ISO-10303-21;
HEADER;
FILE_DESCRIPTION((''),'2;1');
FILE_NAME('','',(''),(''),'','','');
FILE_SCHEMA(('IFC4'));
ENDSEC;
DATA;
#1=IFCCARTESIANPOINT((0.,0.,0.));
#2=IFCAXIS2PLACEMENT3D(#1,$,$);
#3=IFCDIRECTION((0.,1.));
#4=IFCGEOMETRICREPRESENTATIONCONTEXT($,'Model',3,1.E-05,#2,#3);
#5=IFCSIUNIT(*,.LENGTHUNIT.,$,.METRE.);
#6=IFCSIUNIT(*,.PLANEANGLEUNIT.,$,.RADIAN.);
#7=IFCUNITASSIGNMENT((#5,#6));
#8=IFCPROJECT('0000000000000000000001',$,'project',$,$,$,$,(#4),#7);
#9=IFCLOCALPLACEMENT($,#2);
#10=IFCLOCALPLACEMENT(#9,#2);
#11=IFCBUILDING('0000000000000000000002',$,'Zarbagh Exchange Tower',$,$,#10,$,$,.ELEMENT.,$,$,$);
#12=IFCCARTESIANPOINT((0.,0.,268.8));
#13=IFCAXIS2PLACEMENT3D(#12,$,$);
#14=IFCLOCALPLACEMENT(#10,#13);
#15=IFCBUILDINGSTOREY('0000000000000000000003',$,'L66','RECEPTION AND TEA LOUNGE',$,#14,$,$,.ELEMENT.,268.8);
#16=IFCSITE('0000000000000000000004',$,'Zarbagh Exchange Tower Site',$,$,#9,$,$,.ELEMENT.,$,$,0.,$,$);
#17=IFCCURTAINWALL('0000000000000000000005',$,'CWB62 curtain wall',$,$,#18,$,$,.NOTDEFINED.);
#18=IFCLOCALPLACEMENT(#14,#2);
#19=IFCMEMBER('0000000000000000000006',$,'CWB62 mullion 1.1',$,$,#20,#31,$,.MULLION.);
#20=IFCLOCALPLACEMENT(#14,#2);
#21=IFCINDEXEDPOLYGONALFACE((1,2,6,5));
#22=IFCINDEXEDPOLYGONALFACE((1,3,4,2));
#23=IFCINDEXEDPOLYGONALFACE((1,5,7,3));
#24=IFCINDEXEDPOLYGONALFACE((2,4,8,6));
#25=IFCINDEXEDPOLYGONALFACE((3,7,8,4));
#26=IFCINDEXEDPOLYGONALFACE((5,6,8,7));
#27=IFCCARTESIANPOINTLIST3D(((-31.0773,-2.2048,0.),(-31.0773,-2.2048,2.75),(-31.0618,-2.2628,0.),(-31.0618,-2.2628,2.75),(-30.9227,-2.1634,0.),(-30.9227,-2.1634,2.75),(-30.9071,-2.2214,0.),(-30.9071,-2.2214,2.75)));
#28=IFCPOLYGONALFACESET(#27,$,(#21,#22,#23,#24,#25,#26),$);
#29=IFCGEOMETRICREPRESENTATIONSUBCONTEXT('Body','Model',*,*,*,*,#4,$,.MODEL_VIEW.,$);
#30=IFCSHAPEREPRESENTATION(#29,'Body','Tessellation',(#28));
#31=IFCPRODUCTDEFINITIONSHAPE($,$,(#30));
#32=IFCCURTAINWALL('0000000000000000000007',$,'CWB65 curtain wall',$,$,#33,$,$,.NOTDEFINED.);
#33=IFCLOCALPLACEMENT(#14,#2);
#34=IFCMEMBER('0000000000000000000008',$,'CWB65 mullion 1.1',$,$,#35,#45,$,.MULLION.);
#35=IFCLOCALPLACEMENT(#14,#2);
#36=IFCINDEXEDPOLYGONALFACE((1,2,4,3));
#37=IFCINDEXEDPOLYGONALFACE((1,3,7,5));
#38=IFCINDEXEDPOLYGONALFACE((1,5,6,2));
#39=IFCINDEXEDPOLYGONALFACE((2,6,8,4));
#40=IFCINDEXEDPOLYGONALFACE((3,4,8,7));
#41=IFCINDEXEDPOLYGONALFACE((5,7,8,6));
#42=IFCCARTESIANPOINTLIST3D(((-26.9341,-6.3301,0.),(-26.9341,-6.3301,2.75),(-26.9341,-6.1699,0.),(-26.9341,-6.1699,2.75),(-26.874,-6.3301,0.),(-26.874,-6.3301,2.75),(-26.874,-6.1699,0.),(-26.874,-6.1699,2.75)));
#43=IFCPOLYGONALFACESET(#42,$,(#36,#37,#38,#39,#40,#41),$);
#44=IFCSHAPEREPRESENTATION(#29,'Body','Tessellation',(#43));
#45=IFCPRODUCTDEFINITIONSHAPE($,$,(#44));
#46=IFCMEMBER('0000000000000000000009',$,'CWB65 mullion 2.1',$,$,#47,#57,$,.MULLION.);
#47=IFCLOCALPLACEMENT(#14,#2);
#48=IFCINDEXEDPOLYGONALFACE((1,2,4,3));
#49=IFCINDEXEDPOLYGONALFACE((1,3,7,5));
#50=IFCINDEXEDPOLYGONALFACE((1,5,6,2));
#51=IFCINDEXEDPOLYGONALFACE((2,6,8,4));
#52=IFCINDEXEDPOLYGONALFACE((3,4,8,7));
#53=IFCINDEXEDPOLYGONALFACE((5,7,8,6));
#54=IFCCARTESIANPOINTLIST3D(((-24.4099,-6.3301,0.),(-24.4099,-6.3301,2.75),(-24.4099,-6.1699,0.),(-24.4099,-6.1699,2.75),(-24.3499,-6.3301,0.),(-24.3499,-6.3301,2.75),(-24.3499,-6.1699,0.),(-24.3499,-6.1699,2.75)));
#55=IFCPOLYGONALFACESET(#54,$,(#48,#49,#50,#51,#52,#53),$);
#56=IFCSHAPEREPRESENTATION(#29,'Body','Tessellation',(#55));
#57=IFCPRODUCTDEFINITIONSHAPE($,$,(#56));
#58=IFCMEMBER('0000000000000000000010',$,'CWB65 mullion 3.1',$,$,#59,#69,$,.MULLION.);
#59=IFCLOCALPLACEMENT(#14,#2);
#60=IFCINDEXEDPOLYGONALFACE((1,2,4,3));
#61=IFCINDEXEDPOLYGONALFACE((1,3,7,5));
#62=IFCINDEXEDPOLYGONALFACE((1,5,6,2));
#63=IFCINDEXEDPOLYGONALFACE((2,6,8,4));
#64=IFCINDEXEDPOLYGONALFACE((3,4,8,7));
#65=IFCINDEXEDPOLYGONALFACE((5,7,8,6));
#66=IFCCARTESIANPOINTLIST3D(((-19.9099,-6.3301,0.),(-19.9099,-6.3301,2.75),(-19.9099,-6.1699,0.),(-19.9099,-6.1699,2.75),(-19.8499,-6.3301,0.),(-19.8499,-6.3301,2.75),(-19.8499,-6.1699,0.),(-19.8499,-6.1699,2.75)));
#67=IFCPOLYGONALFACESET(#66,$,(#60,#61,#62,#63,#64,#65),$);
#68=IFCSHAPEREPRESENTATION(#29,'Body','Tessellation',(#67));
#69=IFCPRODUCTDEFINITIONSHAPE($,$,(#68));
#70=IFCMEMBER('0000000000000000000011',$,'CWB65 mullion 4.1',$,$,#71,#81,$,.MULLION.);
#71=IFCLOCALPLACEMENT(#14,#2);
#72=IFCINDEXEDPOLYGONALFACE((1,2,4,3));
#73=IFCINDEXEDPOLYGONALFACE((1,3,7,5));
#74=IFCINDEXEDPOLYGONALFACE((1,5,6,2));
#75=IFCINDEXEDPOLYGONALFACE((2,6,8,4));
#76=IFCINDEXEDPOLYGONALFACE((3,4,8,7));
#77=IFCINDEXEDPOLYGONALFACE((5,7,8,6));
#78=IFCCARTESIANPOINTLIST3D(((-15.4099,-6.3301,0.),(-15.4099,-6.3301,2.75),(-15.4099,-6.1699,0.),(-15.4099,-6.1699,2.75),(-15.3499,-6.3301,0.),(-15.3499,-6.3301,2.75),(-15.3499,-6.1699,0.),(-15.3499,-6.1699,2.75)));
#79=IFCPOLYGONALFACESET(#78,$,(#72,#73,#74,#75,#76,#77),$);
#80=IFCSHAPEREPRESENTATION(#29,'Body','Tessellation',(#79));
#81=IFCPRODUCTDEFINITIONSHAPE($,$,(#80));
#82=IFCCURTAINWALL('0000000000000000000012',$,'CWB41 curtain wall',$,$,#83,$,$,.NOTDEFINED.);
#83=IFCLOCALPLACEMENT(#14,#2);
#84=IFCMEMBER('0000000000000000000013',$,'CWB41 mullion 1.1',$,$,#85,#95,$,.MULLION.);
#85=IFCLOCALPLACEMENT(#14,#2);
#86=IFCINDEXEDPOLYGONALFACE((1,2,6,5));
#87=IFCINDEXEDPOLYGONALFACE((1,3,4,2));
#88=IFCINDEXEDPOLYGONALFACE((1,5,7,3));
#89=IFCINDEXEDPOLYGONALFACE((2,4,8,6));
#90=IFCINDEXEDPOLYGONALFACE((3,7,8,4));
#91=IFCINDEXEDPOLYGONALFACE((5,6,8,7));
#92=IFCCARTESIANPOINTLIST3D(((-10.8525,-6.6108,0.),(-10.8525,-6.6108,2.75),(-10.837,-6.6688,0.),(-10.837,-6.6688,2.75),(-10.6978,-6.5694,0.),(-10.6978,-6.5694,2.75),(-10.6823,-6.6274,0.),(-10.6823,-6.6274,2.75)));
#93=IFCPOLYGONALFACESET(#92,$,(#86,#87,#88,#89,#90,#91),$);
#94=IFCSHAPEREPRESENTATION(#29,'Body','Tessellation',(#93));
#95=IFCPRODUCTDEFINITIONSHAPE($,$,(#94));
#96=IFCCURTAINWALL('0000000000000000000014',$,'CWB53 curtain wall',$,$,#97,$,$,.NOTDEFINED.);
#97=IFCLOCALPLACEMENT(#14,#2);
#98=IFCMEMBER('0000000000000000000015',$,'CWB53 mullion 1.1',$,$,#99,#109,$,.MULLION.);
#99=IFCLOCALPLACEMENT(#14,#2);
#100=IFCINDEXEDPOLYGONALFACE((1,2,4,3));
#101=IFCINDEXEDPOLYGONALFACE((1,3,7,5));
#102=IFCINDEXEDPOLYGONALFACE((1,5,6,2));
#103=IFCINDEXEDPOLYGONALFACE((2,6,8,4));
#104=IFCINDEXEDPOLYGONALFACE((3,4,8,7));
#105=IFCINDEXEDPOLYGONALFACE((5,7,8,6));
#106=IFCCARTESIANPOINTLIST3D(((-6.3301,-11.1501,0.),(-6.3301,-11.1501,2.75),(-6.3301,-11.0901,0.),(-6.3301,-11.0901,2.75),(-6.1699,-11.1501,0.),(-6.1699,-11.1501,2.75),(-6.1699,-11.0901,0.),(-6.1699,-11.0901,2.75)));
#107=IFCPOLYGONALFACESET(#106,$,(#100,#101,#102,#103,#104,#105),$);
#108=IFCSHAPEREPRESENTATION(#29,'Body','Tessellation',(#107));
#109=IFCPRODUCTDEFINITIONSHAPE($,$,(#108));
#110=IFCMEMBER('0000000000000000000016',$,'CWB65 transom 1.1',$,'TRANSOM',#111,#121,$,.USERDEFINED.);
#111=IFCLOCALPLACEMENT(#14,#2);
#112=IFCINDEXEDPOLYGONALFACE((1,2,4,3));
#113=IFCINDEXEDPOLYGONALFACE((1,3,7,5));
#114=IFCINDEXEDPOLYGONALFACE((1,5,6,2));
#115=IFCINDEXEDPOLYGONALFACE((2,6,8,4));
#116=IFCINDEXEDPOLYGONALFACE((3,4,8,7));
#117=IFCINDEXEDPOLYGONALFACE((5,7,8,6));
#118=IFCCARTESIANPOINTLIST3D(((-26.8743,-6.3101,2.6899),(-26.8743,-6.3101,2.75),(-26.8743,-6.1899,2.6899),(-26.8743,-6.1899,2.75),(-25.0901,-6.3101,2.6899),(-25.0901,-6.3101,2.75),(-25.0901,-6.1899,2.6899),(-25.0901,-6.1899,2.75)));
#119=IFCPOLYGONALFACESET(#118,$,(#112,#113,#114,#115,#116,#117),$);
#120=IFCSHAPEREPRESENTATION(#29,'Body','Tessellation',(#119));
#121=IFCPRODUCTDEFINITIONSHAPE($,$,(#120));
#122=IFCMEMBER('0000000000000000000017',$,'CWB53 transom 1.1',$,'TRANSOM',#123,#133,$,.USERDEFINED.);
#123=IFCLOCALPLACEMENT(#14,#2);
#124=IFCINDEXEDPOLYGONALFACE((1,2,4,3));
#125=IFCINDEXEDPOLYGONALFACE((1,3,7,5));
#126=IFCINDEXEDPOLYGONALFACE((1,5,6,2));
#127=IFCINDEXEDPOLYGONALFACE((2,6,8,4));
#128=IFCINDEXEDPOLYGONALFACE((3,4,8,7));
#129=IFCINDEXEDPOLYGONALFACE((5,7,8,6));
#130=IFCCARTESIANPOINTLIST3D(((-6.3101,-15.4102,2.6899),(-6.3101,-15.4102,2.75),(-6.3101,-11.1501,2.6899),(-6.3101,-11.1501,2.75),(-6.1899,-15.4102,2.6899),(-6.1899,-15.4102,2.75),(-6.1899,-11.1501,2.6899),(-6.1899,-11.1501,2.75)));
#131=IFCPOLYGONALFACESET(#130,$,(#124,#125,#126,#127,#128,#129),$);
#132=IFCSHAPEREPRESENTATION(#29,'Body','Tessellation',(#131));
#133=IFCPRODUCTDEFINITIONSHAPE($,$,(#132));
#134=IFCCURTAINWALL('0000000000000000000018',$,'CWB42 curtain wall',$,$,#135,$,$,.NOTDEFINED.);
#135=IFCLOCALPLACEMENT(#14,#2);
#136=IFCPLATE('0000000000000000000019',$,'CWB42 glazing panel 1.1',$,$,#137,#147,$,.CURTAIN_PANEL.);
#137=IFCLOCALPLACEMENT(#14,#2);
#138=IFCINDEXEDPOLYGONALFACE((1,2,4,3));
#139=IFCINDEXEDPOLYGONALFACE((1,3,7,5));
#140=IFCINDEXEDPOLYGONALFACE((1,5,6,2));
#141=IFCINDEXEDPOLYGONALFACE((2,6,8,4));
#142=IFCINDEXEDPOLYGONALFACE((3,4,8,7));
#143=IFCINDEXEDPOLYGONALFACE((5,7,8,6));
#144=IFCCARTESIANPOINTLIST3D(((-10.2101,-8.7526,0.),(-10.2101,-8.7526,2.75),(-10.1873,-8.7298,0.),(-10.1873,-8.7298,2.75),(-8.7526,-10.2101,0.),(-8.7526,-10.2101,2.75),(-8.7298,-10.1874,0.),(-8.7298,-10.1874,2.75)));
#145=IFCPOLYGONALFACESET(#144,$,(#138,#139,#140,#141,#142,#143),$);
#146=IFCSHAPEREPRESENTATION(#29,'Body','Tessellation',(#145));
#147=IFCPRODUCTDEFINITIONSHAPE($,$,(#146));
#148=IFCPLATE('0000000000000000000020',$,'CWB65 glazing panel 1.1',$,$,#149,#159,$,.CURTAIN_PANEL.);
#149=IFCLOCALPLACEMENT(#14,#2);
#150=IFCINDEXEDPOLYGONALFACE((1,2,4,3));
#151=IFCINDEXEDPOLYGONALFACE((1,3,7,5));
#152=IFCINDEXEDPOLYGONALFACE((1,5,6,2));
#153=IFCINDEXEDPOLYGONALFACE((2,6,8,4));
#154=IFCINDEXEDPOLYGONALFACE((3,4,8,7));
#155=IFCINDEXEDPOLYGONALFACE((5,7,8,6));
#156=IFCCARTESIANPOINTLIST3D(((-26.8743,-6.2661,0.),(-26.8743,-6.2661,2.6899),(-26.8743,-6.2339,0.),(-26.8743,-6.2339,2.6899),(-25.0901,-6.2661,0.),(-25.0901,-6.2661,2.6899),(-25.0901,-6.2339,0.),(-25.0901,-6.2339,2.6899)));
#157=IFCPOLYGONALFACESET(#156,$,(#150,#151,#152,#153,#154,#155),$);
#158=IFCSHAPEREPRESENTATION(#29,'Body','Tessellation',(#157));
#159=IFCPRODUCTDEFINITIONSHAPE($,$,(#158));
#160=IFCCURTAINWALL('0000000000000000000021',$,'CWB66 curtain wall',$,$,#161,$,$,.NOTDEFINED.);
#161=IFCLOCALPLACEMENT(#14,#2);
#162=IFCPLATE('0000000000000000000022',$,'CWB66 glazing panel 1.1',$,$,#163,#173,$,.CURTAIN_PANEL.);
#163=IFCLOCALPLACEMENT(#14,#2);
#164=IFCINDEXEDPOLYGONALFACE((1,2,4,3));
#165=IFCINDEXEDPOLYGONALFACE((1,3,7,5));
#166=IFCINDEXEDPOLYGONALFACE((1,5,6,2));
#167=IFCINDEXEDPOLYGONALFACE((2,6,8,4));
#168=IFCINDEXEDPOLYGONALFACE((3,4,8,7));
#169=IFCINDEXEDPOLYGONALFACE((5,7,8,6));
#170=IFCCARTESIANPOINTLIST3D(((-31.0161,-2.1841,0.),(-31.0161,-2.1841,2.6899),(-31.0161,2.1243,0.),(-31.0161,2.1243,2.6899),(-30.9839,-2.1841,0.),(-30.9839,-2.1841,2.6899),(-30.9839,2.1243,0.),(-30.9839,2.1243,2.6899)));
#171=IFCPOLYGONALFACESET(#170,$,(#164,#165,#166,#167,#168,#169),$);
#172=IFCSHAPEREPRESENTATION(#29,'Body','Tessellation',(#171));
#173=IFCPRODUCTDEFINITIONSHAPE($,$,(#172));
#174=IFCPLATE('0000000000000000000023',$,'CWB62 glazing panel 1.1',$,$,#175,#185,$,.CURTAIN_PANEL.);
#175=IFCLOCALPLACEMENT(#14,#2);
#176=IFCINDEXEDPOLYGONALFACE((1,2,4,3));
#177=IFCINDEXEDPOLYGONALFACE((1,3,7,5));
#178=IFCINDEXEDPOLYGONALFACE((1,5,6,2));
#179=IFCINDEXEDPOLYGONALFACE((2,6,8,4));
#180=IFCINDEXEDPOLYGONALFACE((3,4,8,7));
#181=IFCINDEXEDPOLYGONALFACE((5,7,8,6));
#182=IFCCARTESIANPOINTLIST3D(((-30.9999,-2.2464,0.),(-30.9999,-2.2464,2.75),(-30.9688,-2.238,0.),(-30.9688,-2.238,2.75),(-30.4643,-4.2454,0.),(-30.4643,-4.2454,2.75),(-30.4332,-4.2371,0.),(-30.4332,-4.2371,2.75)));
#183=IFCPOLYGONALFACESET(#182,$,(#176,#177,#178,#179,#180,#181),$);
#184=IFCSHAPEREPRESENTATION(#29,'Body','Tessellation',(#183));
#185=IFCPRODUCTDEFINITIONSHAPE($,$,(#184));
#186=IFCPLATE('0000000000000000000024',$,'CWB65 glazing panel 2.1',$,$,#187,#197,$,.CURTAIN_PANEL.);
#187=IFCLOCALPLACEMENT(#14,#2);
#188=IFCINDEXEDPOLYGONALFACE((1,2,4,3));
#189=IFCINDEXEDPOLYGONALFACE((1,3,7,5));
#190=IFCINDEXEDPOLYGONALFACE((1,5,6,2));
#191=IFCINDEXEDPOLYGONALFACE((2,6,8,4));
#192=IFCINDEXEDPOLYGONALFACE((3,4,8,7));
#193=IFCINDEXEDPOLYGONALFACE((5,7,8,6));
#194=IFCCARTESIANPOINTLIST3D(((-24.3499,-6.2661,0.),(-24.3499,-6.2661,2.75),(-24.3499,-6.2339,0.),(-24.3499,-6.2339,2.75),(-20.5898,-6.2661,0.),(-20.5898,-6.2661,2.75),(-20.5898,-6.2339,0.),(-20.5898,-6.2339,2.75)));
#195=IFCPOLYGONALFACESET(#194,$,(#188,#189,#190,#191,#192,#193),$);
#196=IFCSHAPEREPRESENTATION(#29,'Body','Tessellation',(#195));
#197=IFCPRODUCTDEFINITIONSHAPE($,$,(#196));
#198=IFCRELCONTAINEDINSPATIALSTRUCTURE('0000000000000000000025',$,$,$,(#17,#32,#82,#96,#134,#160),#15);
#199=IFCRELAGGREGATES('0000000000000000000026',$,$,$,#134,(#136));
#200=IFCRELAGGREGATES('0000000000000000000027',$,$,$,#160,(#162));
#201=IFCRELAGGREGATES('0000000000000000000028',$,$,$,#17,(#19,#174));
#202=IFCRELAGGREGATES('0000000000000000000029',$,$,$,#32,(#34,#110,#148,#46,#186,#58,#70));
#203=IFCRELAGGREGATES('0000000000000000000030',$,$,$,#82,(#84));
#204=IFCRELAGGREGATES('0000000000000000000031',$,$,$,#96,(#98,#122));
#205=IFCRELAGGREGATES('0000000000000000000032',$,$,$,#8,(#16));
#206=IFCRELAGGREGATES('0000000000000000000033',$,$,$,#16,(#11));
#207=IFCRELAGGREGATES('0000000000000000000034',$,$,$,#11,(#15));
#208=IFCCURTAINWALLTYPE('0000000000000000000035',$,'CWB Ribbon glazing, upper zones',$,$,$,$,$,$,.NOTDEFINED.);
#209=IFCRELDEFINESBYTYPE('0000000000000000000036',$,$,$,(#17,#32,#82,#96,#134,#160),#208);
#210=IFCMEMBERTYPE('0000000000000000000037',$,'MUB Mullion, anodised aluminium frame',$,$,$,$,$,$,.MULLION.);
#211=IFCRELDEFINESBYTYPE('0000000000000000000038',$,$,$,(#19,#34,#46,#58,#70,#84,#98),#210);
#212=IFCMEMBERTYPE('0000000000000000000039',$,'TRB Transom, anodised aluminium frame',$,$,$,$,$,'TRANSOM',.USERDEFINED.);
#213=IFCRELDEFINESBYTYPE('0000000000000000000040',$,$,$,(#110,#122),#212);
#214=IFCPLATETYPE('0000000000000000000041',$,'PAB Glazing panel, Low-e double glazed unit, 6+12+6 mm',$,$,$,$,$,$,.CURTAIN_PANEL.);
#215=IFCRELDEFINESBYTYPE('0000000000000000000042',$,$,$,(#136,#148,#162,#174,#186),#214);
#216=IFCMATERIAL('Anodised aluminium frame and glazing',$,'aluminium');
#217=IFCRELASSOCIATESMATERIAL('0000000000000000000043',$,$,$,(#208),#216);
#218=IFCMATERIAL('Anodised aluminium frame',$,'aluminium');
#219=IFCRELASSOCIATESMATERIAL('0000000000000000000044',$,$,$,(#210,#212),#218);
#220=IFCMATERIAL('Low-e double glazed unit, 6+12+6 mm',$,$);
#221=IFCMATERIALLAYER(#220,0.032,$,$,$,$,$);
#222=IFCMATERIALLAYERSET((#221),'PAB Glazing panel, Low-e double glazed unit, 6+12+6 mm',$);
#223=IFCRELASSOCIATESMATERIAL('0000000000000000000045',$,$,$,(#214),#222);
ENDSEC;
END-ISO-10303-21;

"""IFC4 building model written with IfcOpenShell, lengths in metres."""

from ifc_helpers import new_model, si_unit, direction, frame, origin, place, context, subcontext, project, spatial, polyline, outline, extrude, source, transform, mapped, material, layer, layer_set, type_object, element, aggregate, save


model = new_model("IFC4")

# Units and contexts
model_context = context("Model", 3, precision=1e-05, world=origin(), true_north=direction((0.0, 1.0)))
body_context = subcontext(model_context, "Body", "Model", "MODEL_VIEW")
ifc_project = project(units=[si_unit("LENGTHUNIT", "METRE"), si_unit("PLANEANGLEUNIT", "RADIAN")], contexts=[model_context])

# Site, building, storey
site_placement = place(None, origin())
site = spatial("IfcSite", under=ifc_project, at=site_placement, Name="Zarbagh Exchange Tower Site", CompositionType="ELEMENT", RefElevation=0.0)
building_placement = place(site_placement, origin())
building = spatial("IfcBuilding", under=site, at=building_placement, Name="Zarbagh Exchange Tower", CompositionType="ELEMENT")
storey_placement = place(building_placement, frame((0.0, 0.0, 268.8)))
storey = spatial("IfcBuildingStorey", under=building, at=storey_placement, Name="L66", Description="RECEPTION AND TEA LOUNGE", CompositionType="ELEMENT", Elevation=268.8)

# Curtain wall, member
ifc_material_1 = material(Name="Anodised aluminium frame and glazing", Category="aluminium")
curtain_wall_type = type_object("IfcCurtainWallType", Name="CWB Ribbon glazing, upper zones", PredefinedType="NOTDEFINED", material=ifc_material_1)
curtain_wall_1_placement = place(storey_placement, origin())
curtain_wall_1 = element("IfcCurtainWall", 1, at=curtain_wall_1_placement, inside=storey, type_object=curtain_wall_type, Name="CWB62 curtain wall", PredefinedType="NOTDEFINED")
ifc_material_2 = material(Name="Anodised aluminium frame", Category="aluminium")
member_type_1 = type_object("IfcMemberType", Name="MUB Mullion, anodised aluminium frame", PredefinedType="MULLION", material=ifc_material_2)
shared_shape_1 = source(origin(), body_context, "Body", "SweptSolid", [
    extrude(outline(polyline([(0.0, -0.0801), (0.0601, -0.0801), (0.0601, 0.0801), (0.0, 0.0801), (0.0, -0.0801)])), origin(), (0.0, 0.0, 1.0), 2.75),
])
placement = place(storey_placement, origin())
member_1 = element("IfcMember", 2, at=placement, type_object=member_type_1, Name="CWB62 mullion 1.1", PredefinedType="MULLION", context=body_context, shape_type="MappedRepresentation", body=[
    mapped(shared_shape_1, transform((-31.0, -2.1841, 0.0), x_axis=(0.258825, -0.965924, 0.0), y_axis=(0.965924, 0.258825, 0.0), z_axis=(0.0, 0.0, 1.0))),
])

# Curtain wall, members
curtain_wall_2_placement = place(storey_placement, origin())
curtain_wall_2 = element("IfcCurtainWall", 3, at=curtain_wall_2_placement, inside=storey, type_object=curtain_wall_type, Name="CWB65 curtain wall", PredefinedType="NOTDEFINED")
member_2 = element("IfcMember", 4, at=placement, type_object=member_type_1, Name="CWB65 mullion 1.1", PredefinedType="MULLION", context=body_context, shape_type="MappedRepresentation", body=[
    mapped(shared_shape_1, transform((-26.9341, -6.25, 0.0), x_axis=(1.0, 0.0, 0.0), y_axis=(0.0, 1.0, 0.0), z_axis=(0.0, 0.0, 1.0))),
])
member_3 = element("IfcMember", 5, at=placement, type_object=member_type_1, Name="CWB65 mullion 2.1", PredefinedType="MULLION", context=body_context, shape_type="MappedRepresentation", body=[
    mapped(shared_shape_1, transform((-24.4099, -6.25, 0.0), x_axis=(1.0, 0.0, 0.0), y_axis=(0.0, 1.0, 0.0), z_axis=(0.0, 0.0, 1.0))),
])
member_4 = element("IfcMember", 6, at=placement, type_object=member_type_1, Name="CWB65 mullion 3.1", PredefinedType="MULLION", context=body_context, shape_type="MappedRepresentation", body=[
    mapped(shared_shape_1, transform((-19.9099, -6.25, 0.0), x_axis=(1.0, 0.0, 0.0), y_axis=(0.0, 1.0, 0.0), z_axis=(0.0, 0.0, 1.0))),
])
member_5 = element("IfcMember", 7, at=placement, type_object=member_type_1, Name="CWB65 mullion 4.1", PredefinedType="MULLION", context=body_context, shape_type="MappedRepresentation", body=[
    mapped(shared_shape_1, transform((-15.4099, -6.25, 0.0), x_axis=(1.0, 0.0, 0.0), y_axis=(0.0, 1.0, 0.0), z_axis=(0.0, 0.0, 1.0))),
])

# Curtain walls, members
curtain_wall_3_placement = place(storey_placement, origin())
curtain_wall_3 = element("IfcCurtainWall", 8, at=curtain_wall_3_placement, inside=storey, type_object=curtain_wall_type, Name="CWB41 curtain wall", PredefinedType="NOTDEFINED")
member_6 = element("IfcMember", 9, at=placement, type_object=member_type_1, Name="CWB41 mullion 1.1", PredefinedType="MULLION", context=body_context, shape_type="MappedRepresentation", body=[
    mapped(shared_shape_1, transform((-10.7751, -6.5901, 0.0), x_axis=(0.258825, -0.965924, 0.0), y_axis=(0.965924, 0.258825, 0.0), z_axis=(0.0, 0.0, 1.0))),
])
curtain_wall_4_placement = place(storey_placement, origin())
curtain_wall_4 = element("IfcCurtainWall", 10, at=curtain_wall_4_placement, inside=storey, type_object=curtain_wall_type, Name="CWB53 curtain wall", PredefinedType="NOTDEFINED")
member_7 = element("IfcMember", 11, at=placement, type_object=member_type_1, Name="CWB53 mullion 1.1", PredefinedType="MULLION", context=body_context, shape_type="MappedRepresentation", body=[
    mapped(shared_shape_1, transform((-6.25, -11.0901, 0.0), x_axis=(0.0, -1.0, 0.0), y_axis=(1.0, 0.0, 0.0), z_axis=(0.0, 0.0, 1.0))),
])

# Members
member_type_2 = type_object("IfcMemberType", Name="TRB Transom, anodised aluminium frame", ElementType="TRANSOM", PredefinedType="USERDEFINED", material=ifc_material_2)
shared_shape_2 = source(origin(), body_context, "Body", "SweptSolid", [
    extrude(outline(polyline([(-0.0601, -0.0601), (0.0, -0.0601), (0.0, 0.0601), (-0.0601, 0.0601), (-0.0601, -0.0601)])), origin(), (0.0, 0.0, 1.0), 1.7842),
])
member_8 = element("IfcMember", 12, at=placement, type_object=member_type_2, Name="CWB65 transom 1.1", ObjectType="TRANSOM", PredefinedType="USERDEFINED", context=body_context, shape_type="MappedRepresentation", body=[
    mapped(shared_shape_2, transform((-26.8743, -6.25, 2.75), x_axis=(0.0, 0.0, 1.0), y_axis=(0.0, -1.0, 0.0), z_axis=(1.0, 0.0, 0.0))),
])
shared_shape_3 = source(origin(), body_context, "Body", "SweptSolid", [
    extrude(outline(polyline([(-0.0601, -0.0601), (0.0, -0.0601), (0.0, 0.0601), (-0.0601, 0.0601), (-0.0601, -0.0601)])), origin(), (0.0, 0.0, 1.0), 4.26),
])
member_9 = element("IfcMember", 13, at=placement, type_object=member_type_2, Name="CWB53 transom 1.1", ObjectType="TRANSOM", PredefinedType="USERDEFINED", context=body_context, shape_type="MappedRepresentation", body=[
    mapped(shared_shape_3, transform((-6.25, -11.1501, 2.75), x_axis=(0.0, 0.0, 1.0), y_axis=(-1.0, 0.0, 0.0), z_axis=(0.0, -1.0, 0.0))),
])

# Curtain wall, plate
curtain_wall_5_placement = place(storey_placement, origin())
curtain_wall_5 = element("IfcCurtainWall", 14, at=curtain_wall_5_placement, inside=storey, type_object=curtain_wall_type, Name="CWB42 curtain wall", PredefinedType="NOTDEFINED")
ifc_material_3 = material(Name="Low-e double glazed unit, 6+12+6 mm")
ifc_layer = layer(ifc_material_3, 0.032)
ifc_layer_set = layer_set([ifc_layer], Name="PAB Glazing panel, Low-e double glazed unit, 6+12+6 mm")
plate_type = type_object("IfcPlateType", Name="PAB Glazing panel, Low-e double glazed unit, 6+12+6 mm", PredefinedType="CURTAIN_PANEL", material=ifc_layer_set)
shared_shape_4 = source(origin(), body_context, "Body", "SweptSolid", [
    extrude(outline(polyline([(0.0, -0.0161), (2.0613, -0.0161), (2.0613, 0.0161), (0.0, 0.0161), (0.0, -0.0161)])), origin(), (0.0, 0.0, 1.0), 2.75),
])
plate_1 = element("IfcPlate", 15, at=placement, type_object=plate_type, Name="CWB42 glazing panel 1.1", PredefinedType="CURTAIN_PANEL", context=body_context, shape_type="MappedRepresentation", body=[
    mapped(shared_shape_4, transform((-10.1987, -8.7412, 0.0), x_axis=(0.707107, -0.707107, 0.0), y_axis=(0.707107, 0.707107, 0.0), z_axis=(0.0, 0.0, 1.0))),
])
aggregate(curtain_wall_5, [plate_1])

# Plate
shared_shape_5 = source(origin(), body_context, "Body", "SweptSolid", [
    extrude(outline(polyline([(0.0, -0.0161), (1.7842, -0.0161), (1.7842, 0.0161), (0.0, 0.0161), (0.0, -0.0161)])), origin(), (0.0, 0.0, 1.0), 2.6899),
])
plate_2 = element("IfcPlate", 16, at=placement, type_object=plate_type, Name="CWB65 glazing panel 1.1", PredefinedType="CURTAIN_PANEL", context=body_context, shape_type="MappedRepresentation", body=[
    mapped(shared_shape_5, transform((-26.8743, -6.25, 0.0), x_axis=(1.0, 0.0, 0.0), y_axis=(0.0, 1.0, 0.0), z_axis=(0.0, 0.0, 1.0))),
])

# Curtain wall, plate
curtain_wall_6_placement = place(storey_placement, origin())
curtain_wall_6 = element("IfcCurtainWall", 17, at=curtain_wall_6_placement, inside=storey, type_object=curtain_wall_type, Name="CWB66 curtain wall", PredefinedType="NOTDEFINED")
shared_shape_6 = source(origin(), body_context, "Body", "SweptSolid", [
    extrude(outline(polyline([(0.0, -0.0161), (4.3083, -0.0161), (4.3083, 0.0161), (0.0, 0.0161), (0.0, -0.0161)])), origin(), (0.0, 0.0, 1.0), 2.6899),
])
plate_3 = element("IfcPlate", 18, at=placement, type_object=plate_type, Name="CWB66 glazing panel 1.1", PredefinedType="CURTAIN_PANEL", context=body_context, shape_type="MappedRepresentation", body=[
    mapped(shared_shape_6, transform((-31.0, 2.1243, 0.0), x_axis=(0.0, -1.0, 0.0), y_axis=(1.0, 0.0, 0.0), z_axis=(0.0, 0.0, 1.0))),
])
aggregate(curtain_wall_6, [plate_3])

# Plates
shared_shape_7 = source(origin(), body_context, "Body", "SweptSolid", [
    extrude(outline(polyline([(0.0, -0.0161), (2.0696, -0.0161), (2.0696, 0.0161), (0.0, 0.0161), (0.0, -0.0161)])), origin(), (0.0, 0.0, 1.0), 2.75),
])
plate_4 = element("IfcPlate", 19, at=placement, type_object=plate_type, Name="CWB62 glazing panel 1.1", PredefinedType="CURTAIN_PANEL", context=body_context, shape_type="MappedRepresentation", body=[
    mapped(shared_shape_7, transform((-30.9844, -2.2422, 0.0), x_axis=(0.258825, -0.965924, 0.0), y_axis=(0.965924, 0.258825, 0.0), z_axis=(0.0, 0.0, 1.0))),
])
aggregate(curtain_wall_1, [member_1, plate_4])
shared_shape_8 = source(origin(), body_context, "Body", "SweptSolid", [
    extrude(outline(polyline([(0.0, -0.0161), (3.76, -0.0161), (3.76, 0.0161), (0.0, 0.0161), (0.0, -0.0161)])), origin(), (0.0, 0.0, 1.0), 2.75),
])
plate_5 = element("IfcPlate", 20, at=placement, type_object=plate_type, Name="CWB65 glazing panel 2.1", PredefinedType="CURTAIN_PANEL", context=body_context, shape_type="MappedRepresentation", body=[
    mapped(shared_shape_8, transform((-24.3499, -6.25, 0.0), x_axis=(1.0, 0.0, 0.0), y_axis=(0.0, 1.0, 0.0), z_axis=(0.0, 0.0, 1.0))),
])
aggregate(curtain_wall_2, [member_2, member_8, plate_2, member_3, plate_5, member_4, member_5])
aggregate(curtain_wall_3, [member_6])

aggregate(curtain_wall_4, [member_7, member_9])

save(model, "model.ifc")
